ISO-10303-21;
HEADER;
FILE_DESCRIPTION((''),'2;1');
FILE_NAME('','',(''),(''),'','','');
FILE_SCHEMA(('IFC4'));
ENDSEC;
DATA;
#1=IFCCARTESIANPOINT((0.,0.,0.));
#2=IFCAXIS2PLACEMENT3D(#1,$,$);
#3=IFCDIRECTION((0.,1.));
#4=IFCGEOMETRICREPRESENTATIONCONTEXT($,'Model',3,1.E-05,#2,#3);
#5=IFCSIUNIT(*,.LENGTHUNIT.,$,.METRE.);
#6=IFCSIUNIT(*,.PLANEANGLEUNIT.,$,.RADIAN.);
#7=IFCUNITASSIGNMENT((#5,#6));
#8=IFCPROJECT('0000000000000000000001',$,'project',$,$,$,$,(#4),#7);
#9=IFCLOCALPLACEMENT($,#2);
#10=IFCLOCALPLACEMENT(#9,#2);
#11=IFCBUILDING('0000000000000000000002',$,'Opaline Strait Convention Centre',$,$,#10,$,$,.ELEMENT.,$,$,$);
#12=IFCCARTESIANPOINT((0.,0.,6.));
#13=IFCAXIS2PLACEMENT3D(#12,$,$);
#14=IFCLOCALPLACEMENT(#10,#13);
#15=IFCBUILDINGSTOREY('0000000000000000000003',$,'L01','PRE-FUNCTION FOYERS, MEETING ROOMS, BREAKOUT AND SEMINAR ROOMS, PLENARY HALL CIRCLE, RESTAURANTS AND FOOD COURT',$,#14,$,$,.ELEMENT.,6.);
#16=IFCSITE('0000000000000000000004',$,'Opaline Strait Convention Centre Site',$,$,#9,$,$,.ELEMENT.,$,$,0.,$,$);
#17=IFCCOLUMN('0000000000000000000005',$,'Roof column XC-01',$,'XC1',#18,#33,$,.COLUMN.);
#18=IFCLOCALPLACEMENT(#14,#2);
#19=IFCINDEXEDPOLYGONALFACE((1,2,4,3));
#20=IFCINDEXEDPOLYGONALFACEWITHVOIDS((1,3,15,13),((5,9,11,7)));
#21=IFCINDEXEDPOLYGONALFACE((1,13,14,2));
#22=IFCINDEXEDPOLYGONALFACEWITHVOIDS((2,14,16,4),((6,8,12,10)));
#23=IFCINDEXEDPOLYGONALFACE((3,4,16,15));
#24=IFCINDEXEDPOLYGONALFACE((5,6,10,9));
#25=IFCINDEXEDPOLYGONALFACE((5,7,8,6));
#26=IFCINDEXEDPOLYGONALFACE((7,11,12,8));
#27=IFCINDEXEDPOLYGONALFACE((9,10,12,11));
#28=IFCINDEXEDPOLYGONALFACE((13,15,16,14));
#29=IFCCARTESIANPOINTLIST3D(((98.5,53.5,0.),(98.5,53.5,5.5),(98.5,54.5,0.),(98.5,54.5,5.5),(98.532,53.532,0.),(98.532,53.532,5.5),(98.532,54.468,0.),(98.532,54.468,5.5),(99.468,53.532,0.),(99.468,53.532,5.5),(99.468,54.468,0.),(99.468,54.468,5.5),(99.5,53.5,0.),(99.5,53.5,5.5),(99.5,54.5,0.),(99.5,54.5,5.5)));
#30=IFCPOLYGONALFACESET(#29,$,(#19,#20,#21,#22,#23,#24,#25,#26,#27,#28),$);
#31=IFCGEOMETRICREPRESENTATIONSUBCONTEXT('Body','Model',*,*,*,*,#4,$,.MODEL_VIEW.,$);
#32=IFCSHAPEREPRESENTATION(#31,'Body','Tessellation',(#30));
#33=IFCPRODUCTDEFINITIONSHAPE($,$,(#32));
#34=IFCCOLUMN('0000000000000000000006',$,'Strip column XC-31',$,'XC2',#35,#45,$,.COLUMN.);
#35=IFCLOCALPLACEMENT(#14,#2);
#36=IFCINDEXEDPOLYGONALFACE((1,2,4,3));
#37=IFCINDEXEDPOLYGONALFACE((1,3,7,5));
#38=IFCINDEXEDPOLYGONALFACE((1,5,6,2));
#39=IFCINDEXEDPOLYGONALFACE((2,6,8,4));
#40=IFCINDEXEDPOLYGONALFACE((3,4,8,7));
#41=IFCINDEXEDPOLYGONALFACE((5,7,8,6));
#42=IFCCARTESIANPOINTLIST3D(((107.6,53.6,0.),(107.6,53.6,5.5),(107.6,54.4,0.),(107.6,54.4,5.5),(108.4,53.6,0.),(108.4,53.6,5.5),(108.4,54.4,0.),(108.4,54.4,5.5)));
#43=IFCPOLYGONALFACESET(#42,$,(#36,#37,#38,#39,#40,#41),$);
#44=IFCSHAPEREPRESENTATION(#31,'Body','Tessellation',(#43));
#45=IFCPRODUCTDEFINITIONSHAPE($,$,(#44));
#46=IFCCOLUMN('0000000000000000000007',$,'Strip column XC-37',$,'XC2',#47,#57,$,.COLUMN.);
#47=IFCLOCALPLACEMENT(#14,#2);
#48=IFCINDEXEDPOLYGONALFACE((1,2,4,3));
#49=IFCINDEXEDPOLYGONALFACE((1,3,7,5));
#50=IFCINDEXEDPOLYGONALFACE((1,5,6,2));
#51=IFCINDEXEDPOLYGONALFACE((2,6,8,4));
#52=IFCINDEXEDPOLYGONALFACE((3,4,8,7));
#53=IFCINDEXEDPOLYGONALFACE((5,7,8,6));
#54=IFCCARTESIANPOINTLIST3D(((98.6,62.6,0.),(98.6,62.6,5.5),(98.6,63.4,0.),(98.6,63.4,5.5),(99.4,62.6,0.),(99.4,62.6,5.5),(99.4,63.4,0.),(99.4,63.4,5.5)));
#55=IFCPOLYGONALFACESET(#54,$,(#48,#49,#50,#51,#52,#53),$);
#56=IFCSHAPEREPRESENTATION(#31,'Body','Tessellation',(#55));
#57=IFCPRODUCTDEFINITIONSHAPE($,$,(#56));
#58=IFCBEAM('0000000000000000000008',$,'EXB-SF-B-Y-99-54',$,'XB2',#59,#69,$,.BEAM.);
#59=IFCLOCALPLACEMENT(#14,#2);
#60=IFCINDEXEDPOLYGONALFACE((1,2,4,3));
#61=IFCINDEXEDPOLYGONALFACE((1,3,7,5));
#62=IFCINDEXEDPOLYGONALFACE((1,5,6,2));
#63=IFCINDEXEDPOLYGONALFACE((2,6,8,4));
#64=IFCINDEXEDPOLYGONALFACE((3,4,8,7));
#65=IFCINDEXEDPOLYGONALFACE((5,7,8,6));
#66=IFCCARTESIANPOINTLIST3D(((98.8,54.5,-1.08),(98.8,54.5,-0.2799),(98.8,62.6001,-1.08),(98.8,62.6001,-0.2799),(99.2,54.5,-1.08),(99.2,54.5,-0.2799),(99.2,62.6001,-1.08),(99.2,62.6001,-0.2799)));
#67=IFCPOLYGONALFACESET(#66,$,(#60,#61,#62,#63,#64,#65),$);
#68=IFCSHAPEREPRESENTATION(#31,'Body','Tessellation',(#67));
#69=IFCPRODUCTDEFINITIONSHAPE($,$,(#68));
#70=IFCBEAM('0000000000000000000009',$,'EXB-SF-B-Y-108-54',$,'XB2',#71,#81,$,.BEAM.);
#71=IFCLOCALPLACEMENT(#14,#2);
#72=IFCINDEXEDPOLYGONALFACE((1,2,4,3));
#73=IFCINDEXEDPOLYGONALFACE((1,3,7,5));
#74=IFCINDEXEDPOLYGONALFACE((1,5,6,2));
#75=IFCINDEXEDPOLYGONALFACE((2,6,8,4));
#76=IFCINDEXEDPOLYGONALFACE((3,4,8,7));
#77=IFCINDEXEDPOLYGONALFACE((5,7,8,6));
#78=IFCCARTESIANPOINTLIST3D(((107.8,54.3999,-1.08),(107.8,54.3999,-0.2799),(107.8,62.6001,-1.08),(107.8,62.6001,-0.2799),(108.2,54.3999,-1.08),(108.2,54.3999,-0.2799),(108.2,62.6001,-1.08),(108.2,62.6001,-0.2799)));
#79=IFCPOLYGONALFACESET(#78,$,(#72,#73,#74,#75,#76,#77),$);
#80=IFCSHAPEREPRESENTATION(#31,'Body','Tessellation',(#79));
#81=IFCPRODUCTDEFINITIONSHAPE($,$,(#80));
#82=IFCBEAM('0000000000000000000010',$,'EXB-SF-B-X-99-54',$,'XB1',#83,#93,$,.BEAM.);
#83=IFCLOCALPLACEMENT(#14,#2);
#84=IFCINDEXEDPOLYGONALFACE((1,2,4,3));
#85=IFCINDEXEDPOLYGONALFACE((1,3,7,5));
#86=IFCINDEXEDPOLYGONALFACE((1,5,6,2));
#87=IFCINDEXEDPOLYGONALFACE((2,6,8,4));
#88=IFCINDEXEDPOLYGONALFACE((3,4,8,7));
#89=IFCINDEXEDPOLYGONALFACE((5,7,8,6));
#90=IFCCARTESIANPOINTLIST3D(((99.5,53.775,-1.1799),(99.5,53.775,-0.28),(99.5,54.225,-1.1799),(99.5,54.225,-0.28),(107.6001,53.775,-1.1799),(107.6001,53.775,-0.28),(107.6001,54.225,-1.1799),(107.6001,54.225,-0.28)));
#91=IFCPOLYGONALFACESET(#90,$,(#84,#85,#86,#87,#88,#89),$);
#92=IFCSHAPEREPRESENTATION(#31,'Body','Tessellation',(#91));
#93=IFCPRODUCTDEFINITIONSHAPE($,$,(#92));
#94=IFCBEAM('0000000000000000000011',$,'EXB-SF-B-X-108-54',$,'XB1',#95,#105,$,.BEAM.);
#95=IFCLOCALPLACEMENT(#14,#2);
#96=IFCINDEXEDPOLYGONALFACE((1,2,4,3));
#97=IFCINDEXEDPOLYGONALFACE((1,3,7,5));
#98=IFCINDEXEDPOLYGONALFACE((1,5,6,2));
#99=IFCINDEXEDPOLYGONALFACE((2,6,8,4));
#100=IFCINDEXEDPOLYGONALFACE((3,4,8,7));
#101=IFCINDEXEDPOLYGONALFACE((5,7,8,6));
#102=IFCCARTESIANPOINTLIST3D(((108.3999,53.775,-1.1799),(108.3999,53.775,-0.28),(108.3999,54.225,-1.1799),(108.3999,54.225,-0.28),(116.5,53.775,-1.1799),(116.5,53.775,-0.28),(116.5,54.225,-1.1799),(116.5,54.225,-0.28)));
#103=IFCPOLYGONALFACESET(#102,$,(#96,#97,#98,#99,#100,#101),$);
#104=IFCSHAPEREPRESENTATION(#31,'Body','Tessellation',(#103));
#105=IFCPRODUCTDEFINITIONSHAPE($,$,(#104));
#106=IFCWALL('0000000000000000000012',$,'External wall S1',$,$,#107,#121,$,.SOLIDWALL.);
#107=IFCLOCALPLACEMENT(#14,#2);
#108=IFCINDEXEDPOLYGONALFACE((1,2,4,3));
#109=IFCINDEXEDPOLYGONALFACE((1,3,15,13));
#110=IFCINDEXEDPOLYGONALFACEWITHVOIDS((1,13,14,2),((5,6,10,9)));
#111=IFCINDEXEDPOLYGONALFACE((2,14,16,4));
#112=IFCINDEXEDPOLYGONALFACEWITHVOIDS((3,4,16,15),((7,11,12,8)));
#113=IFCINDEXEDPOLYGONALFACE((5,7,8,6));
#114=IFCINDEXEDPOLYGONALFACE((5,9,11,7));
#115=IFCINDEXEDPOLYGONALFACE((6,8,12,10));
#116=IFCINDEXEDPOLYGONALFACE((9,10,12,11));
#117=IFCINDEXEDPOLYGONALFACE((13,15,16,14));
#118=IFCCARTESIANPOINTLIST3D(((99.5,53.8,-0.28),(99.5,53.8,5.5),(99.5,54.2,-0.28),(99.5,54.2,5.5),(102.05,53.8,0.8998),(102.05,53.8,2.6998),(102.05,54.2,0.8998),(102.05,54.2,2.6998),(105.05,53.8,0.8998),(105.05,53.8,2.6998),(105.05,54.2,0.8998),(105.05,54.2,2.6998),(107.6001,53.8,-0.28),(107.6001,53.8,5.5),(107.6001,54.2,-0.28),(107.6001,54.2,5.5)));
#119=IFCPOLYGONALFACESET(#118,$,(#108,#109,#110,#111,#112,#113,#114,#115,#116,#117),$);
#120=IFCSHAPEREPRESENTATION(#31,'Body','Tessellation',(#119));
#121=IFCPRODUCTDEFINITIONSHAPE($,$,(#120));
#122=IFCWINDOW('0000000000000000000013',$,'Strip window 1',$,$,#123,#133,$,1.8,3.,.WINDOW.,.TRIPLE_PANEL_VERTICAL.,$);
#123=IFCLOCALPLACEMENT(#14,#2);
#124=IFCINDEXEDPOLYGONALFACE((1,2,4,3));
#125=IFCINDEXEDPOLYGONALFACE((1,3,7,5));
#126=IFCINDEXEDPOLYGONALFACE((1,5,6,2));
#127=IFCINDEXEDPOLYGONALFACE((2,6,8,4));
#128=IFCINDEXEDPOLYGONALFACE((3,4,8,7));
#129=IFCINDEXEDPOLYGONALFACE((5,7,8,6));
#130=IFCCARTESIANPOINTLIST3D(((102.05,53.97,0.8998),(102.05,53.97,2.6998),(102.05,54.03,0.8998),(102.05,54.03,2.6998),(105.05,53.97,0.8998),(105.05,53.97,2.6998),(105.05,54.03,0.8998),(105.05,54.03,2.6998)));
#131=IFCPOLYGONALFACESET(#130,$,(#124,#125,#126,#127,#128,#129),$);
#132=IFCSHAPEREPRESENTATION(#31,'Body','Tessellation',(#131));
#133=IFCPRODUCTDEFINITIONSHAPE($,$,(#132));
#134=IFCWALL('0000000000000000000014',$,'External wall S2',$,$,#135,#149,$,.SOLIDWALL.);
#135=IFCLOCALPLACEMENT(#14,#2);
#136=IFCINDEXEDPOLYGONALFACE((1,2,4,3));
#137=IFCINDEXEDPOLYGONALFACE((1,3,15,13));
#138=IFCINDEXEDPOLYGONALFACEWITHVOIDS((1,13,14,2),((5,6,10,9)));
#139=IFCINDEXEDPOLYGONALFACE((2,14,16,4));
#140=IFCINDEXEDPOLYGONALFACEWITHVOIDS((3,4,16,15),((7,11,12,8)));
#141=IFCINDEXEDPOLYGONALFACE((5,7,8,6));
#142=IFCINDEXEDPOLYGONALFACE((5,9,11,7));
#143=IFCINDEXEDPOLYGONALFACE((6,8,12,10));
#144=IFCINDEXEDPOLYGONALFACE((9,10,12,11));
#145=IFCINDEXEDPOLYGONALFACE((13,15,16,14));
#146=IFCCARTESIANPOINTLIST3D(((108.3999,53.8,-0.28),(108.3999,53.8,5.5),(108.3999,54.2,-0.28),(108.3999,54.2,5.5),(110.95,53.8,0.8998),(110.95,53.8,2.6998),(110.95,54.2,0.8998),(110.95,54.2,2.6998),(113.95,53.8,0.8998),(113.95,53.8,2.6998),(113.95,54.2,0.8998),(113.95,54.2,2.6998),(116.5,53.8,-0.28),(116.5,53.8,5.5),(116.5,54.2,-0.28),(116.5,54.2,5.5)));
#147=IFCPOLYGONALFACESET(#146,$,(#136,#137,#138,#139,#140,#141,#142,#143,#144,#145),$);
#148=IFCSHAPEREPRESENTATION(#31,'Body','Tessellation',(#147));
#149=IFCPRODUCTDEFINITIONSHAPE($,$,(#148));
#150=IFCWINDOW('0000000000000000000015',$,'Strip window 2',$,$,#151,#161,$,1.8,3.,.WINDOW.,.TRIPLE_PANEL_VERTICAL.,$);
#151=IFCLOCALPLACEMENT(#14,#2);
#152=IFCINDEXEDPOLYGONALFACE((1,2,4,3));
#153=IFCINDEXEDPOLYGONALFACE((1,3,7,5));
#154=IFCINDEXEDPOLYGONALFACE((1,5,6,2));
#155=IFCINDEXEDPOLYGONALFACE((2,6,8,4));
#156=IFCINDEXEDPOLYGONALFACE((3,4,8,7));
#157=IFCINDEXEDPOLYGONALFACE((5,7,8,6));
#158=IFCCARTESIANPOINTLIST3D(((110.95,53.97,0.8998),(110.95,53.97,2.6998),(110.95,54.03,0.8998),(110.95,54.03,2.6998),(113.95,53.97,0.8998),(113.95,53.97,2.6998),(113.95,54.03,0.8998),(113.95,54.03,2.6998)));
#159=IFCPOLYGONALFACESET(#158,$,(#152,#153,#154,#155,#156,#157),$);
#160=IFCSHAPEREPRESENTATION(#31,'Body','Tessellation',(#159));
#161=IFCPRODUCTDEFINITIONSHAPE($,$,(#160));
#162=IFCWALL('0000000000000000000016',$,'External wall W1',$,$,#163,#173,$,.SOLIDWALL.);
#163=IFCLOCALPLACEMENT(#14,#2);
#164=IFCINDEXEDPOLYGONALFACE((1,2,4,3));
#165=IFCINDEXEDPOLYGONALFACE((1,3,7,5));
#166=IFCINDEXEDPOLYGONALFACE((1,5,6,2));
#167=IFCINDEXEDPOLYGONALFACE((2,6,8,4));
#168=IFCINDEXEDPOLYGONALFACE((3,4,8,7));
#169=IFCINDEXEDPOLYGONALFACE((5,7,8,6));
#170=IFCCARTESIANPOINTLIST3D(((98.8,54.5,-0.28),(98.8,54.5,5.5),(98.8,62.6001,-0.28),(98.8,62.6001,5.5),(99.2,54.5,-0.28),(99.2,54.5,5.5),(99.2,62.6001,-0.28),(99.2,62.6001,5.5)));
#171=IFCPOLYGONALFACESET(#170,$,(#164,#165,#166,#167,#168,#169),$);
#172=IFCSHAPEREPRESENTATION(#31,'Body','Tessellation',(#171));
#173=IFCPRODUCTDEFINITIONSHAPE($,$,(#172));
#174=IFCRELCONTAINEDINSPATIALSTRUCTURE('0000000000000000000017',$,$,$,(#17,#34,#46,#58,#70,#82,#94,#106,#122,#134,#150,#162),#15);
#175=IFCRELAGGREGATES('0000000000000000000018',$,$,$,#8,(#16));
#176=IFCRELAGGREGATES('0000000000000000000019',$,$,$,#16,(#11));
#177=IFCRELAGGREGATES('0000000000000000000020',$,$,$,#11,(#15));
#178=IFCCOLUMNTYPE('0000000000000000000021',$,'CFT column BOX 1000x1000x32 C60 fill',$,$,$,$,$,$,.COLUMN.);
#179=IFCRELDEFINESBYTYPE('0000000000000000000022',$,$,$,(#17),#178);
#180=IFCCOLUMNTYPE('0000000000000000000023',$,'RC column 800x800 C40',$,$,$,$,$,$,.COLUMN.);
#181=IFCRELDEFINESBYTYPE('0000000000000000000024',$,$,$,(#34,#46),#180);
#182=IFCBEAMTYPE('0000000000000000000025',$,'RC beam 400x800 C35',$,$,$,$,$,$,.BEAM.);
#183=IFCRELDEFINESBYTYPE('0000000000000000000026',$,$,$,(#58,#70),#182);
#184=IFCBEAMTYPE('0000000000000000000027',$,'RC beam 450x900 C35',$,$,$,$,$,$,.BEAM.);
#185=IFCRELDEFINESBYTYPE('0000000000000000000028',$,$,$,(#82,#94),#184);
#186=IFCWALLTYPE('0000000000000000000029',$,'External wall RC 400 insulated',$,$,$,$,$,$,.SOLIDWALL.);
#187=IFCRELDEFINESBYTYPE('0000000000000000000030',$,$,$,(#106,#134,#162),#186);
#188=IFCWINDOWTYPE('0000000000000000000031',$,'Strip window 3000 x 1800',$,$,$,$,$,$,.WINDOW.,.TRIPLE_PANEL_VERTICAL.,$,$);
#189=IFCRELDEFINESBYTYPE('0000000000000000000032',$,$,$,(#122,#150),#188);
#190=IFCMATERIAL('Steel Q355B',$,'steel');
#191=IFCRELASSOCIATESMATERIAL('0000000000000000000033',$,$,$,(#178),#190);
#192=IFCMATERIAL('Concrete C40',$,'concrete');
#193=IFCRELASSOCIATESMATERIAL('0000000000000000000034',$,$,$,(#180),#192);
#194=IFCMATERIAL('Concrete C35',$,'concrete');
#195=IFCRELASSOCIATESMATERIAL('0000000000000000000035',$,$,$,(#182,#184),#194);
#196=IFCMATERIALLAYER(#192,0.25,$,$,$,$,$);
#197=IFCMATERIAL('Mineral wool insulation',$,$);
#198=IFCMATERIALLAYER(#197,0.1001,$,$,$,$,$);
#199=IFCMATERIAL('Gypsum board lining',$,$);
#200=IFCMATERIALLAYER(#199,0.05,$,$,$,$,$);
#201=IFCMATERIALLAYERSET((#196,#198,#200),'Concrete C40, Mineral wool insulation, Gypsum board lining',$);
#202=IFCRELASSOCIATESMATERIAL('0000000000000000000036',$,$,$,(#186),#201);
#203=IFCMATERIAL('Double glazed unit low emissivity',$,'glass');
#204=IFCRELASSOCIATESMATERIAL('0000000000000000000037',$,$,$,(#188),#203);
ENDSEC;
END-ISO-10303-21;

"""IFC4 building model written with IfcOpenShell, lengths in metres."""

from ifc_helpers import new_model, si_unit, direction, frame, frame_2d, origin, origin_2d, place, context, subcontext, project, spatial, rectangle, hollow_rectangle, extrude, material, layer, layer_set, material_profile, profile_set, type_object, element, fill, save


model = new_model("IFC4")

# Units and contexts
model_context = context("Model", 3, precision=1e-05, world=origin(), true_north=direction((0.0, 1.0)))
body_context = subcontext(model_context, "Body", "Model", "MODEL_VIEW")
ifc_project = project(units=[si_unit("LENGTHUNIT", "METRE"), si_unit("PLANEANGLEUNIT", "RADIAN")], contexts=[model_context])

# Site, building, storey
site_placement = place(None, origin())
site = spatial("IfcSite", under=ifc_project, at=site_placement, Name="Opaline Strait Convention Centre Site", CompositionType="ELEMENT", RefElevation=0.0)
building_placement = place(site_placement, origin())
building = spatial("IfcBuilding", under=site, at=building_placement, Name="Opaline Strait Convention Centre", CompositionType="ELEMENT")
storey_placement = place(building_placement, frame((0.0, 0.0, 6.0)))
storey = spatial("IfcBuildingStorey", under=building, at=storey_placement, Name="L01", Description="PRE-FUNCTION FOYERS, MEETING ROOMS, BREAKOUT AND SEMINAR ROOMS, PLENARY HALL CIRCLE, RESTAURANTS AND FOOD COURT", CompositionType="ELEMENT", Elevation=6.0)

# Columns
ifc_material_1 = material(Name="Steel Q355B", Category="steel")
ifc_material_profile_1 = material_profile(ifc_material_1, hollow_rectangle(XDim=1.0, YDim=1.0, WallThickness=0.032, at=origin_2d()), Name="BOX 1000x1000x32")
ifc_profile_set_1 = profile_set([ifc_material_profile_1], Name="Steel Q355B")
column_type_1 = type_object("IfcColumnType", Name="CFT column BOX 1000x1000x32 C60 fill", PredefinedType="COLUMN", material=ifc_profile_set_1)
column_placement = place(storey_placement, frame((99.0, 54.0, 0.0), z_axis=(0.0, 0.0, 1.0), x_axis=(1.0, 0.0, 0.0)))
element("IfcColumn", 1, at=column_placement, inside=storey, type_object=column_type_1, Name="Roof column XC-01", ObjectType="XC1", PredefinedType="COLUMN", context=body_context, shape_type="SweptSolid", body=[
    extrude(hollow_rectangle(XDim=1.0, YDim=1.0, WallThickness=0.032, at=origin_2d()), origin(), (0.0, 0.0, 1.0), 5.5),
])
ifc_material_2 = material(Name="Concrete C40", Category="concrete")
ifc_material_profile_2 = material_profile(ifc_material_2, rectangle(XDim=0.8, YDim=0.8, at=origin_2d()), Name="RC 800x800")
ifc_profile_set_2 = profile_set([ifc_material_profile_2], Name="Concrete C40")
column_type_2 = type_object("IfcColumnType", Name="RC column 800x800 C40", PredefinedType="COLUMN", material=ifc_profile_set_2)
for number, where, z_axis, x_axis, name in (
    (2, (108.0, 54.0, 0.0), (0.0, 0.0, 1.0), (1.0, 0.0, 0.0), "Strip column XC-31"),
    (3, (99.0, 63.0, 0.0), (0.0, 0.0, 1.0), (1.0, 0.0, 0.0), "Strip column XC-37"),
):
    element("IfcColumn", number, at=place(storey_placement, frame(where, z_axis=z_axis, x_axis=x_axis)), inside=storey, type_object=column_type_2, Name=name, ObjectType="XC2", PredefinedType="COLUMN", context=body_context, shape_type="SweptSolid", body=[
        extrude(rectangle(XDim=0.8, YDim=0.8, at=origin_2d()), origin(), (0.0, 0.0, 1.0), 5.5),
    ])

# Beams
ifc_material_3 = material(Name="Concrete C35", Category="concrete")
ifc_material_profile_3 = material_profile(ifc_material_3, rectangle(XDim=0.3999, YDim=0.8, at=origin_2d()), Name="RC 400x800")
ifc_profile_set_3 = profile_set([ifc_material_profile_3], Name="Concrete C35")
beam_type_1 = type_object("IfcBeamType", Name="RC beam 400x800 C35", PredefinedType="BEAM", material=ifc_profile_set_3)
beam_1_placement = place(storey_placement, frame((99.0, 54.5, -0.6799), z_axis=(0.0, 1.0, 0.0), x_axis=(-1.0, 0.0, 0.0)))
element("IfcBeam", 4, at=beam_1_placement, inside=storey, type_object=beam_type_1, Name="EXB-SF-B-Y-99-54", ObjectType="XB2", PredefinedType="BEAM", context=body_context, shape_type="SweptSolid", body=[
    extrude(rectangle(XDim=0.3999, YDim=0.8, at=origin_2d()), origin(), (0.0, 0.0, 1.0), 8.1001),
])
beam_2_placement = place(storey_placement, frame((108.0, 54.3999, -0.6799), z_axis=(0.0, 1.0, 0.0), x_axis=(-1.0, 0.0, 0.0)))
element("IfcBeam", 5, at=beam_2_placement, inside=storey, type_object=beam_type_1, Name="EXB-SF-B-Y-108-54", ObjectType="XB2", PredefinedType="BEAM", context=body_context, shape_type="SweptSolid", body=[
    extrude(rectangle(XDim=0.3999, YDim=0.8, at=origin_2d()), origin(), (0.0, 0.0, 1.0), 8.2002),
])
ifc_material_profile_4 = material_profile(ifc_material_3, rectangle(XDim=0.45, YDim=0.8999, at=origin_2d()), Name="RC 450x900")
ifc_profile_set_4 = profile_set([ifc_material_profile_4], Name="Concrete C35")
beam_type_2 = type_object("IfcBeamType", Name="RC beam 450x900 C35", PredefinedType="BEAM", material=ifc_profile_set_4)
for number, where, z_axis, x_axis, name in (
    (6, (99.5, 54.0, -0.73), (1.0, 0.0, 0.0), (0.0, 1.0, 0.0), "EXB-SF-B-X-99-54"),
    (7, (108.3999, 54.0, -0.73), (1.0, 0.0, 0.0), (0.0, 1.0, 0.0), "EXB-SF-B-X-108-54"),
):
    element("IfcBeam", number, at=place(storey_placement, frame(where, z_axis=z_axis, x_axis=x_axis)), inside=storey, type_object=beam_type_2, Name=name, ObjectType="XB1", PredefinedType="BEAM", context=body_context, shape_type="SweptSolid", body=[
        extrude(rectangle(XDim=0.45, YDim=0.8999, at=origin_2d()), origin(), (0.0, 0.0, 1.0), 8.1001),
    ])

# Walls, openings, windows
ifc_layer_1 = layer(ifc_material_2, 0.25)
ifc_material_4 = material(Name="Mineral wool insulation")
ifc_layer_2 = layer(ifc_material_4, 0.1001)
ifc_material_5 = material(Name="Gypsum board lining")
ifc_layer_3 = layer(ifc_material_5, 0.05)
ifc_layer_set_1 = layer_set([ifc_layer_1, ifc_layer_2, ifc_layer_3], Name="Concrete C40, Mineral wool insulation, Gypsum board lining")
wall_type_1 = type_object("IfcWallType", Name="External wall RC 400 insulated", PredefinedType="SOLIDWALL", material=ifc_layer_set_1)
wall_1_placement = place(storey_placement, frame((99.5, 54.0, -0.28), z_axis=(0.0, 0.0, 1.0), x_axis=(1.0, 0.0, 0.0)))
wall_1 = element("IfcWall", 8, at=wall_1_placement, inside=storey, type_object=wall_type_1, Name="External wall S1", PredefinedType="SOLIDWALL", context=body_context, shape_type="SweptSolid", body=[
    extrude(rectangle(XDim=8.1001, YDim=0.3999, at=frame_2d((4.05, 0.0))), origin(), (0.0, 0.0, 1.0), 5.78),
])
opening_1_placement = place(wall_1_placement, frame((2.55, 0.0, 1.1799)))
opening_1 = element("IfcOpeningElement", 9, at=opening_1_placement, cuts=wall_1, PredefinedType="OPENING", context=body_context, shape_type="SweptSolid", body=[
    extrude(rectangle(XDim=3.0, YDim=1.8, at=frame_2d((1.5, 0.8999))), frame((0.0, 0.21, 0.0), z_axis=(0.0, -1.0, 0.0), x_axis=(1.0, 0.0, 0.0)), (0.0, 0.0, 1.0), 0.4199),
])
ifc_material_6 = material(Name="Double glazed unit low emissivity", Category="glass")
window_type = type_object("IfcWindowType", Name="Strip window 3000 x 1800", PartitioningType="TRIPLE_PANEL_VERTICAL", PredefinedType="WINDOW", material=ifc_material_6)
window_1_placement = place(opening_1_placement, origin())
window_1 = element("IfcWindow", 10, at=window_1_placement, inside=storey, type_object=window_type, Name="Strip window 1", OverallHeight=1.8, OverallWidth=3.0, PartitioningType="TRIPLE_PANEL_VERTICAL", PredefinedType="WINDOW", context=body_context, shape_type="SweptSolid", body=[
    extrude(rectangle(XDim=3.0, YDim=1.8, at=frame_2d((1.5, 0.8999))), frame((0.0, 0.03, 0.0), z_axis=(0.0, -1.0, 0.0), x_axis=(1.0, 0.0, 0.0)), (0.0, 0.0, 1.0), 0.0601),
])
fill(opening_1, window_1)
wall_2_placement = place(storey_placement, frame((108.3999, 54.0, -0.28), z_axis=(0.0, 0.0, 1.0), x_axis=(1.0, 0.0, 0.0)))
wall_2 = element("IfcWall", 11, at=wall_2_placement, inside=storey, type_object=wall_type_1, Name="External wall S2", PredefinedType="SOLIDWALL", context=body_context, shape_type="SweptSolid", body=[
    extrude(rectangle(XDim=8.1001, YDim=0.3999, at=frame_2d((4.05, 0.0))), origin(), (0.0, 0.0, 1.0), 5.78),
])
opening_2_placement = place(wall_2_placement, frame((2.55, 0.0, 1.1799)))
opening_2 = element("IfcOpeningElement", 12, at=opening_2_placement, cuts=wall_2, PredefinedType="OPENING", context=body_context, shape_type="SweptSolid", body=[
    extrude(rectangle(XDim=3.0, YDim=1.8, at=frame_2d((1.5, 0.8999))), frame((0.0, 0.21, 0.0), z_axis=(0.0, -1.0, 0.0), x_axis=(1.0, 0.0, 0.0)), (0.0, 0.0, 1.0), 0.4199),
])
window_2_placement = place(opening_2_placement, origin())
window_2 = element("IfcWindow", 13, at=window_2_placement, inside=storey, type_object=window_type, Name="Strip window 2", OverallHeight=1.8, OverallWidth=3.0, PartitioningType="TRIPLE_PANEL_VERTICAL", PredefinedType="WINDOW", context=body_context, shape_type="SweptSolid", body=[
    extrude(rectangle(XDim=3.0, YDim=1.8, at=frame_2d((1.5, 0.8999))), frame((0.0, 0.03, 0.0), z_axis=(0.0, -1.0, 0.0), x_axis=(1.0, 0.0, 0.0)), (0.0, 0.0, 1.0), 0.0601),
])
fill(opening_2, window_2)

# Wall
wall_3_placement = place(storey_placement, frame((99.0, 54.5, -0.28), z_axis=(0.0, 0.0, 1.0), x_axis=(0.0, 1.0, 0.0)))
element("IfcWall", 14, at=wall_3_placement, inside=storey, type_object=wall_type_1, Name="External wall W1", PredefinedType="SOLIDWALL", context=body_context, shape_type="SweptSolid", body=[
    extrude(rectangle(XDim=8.1001, YDim=0.3999, at=frame_2d((4.05, 0.0))), origin(), (0.0, 0.0, 1.0), 5.78),
])

save(model, "model.ifc")
